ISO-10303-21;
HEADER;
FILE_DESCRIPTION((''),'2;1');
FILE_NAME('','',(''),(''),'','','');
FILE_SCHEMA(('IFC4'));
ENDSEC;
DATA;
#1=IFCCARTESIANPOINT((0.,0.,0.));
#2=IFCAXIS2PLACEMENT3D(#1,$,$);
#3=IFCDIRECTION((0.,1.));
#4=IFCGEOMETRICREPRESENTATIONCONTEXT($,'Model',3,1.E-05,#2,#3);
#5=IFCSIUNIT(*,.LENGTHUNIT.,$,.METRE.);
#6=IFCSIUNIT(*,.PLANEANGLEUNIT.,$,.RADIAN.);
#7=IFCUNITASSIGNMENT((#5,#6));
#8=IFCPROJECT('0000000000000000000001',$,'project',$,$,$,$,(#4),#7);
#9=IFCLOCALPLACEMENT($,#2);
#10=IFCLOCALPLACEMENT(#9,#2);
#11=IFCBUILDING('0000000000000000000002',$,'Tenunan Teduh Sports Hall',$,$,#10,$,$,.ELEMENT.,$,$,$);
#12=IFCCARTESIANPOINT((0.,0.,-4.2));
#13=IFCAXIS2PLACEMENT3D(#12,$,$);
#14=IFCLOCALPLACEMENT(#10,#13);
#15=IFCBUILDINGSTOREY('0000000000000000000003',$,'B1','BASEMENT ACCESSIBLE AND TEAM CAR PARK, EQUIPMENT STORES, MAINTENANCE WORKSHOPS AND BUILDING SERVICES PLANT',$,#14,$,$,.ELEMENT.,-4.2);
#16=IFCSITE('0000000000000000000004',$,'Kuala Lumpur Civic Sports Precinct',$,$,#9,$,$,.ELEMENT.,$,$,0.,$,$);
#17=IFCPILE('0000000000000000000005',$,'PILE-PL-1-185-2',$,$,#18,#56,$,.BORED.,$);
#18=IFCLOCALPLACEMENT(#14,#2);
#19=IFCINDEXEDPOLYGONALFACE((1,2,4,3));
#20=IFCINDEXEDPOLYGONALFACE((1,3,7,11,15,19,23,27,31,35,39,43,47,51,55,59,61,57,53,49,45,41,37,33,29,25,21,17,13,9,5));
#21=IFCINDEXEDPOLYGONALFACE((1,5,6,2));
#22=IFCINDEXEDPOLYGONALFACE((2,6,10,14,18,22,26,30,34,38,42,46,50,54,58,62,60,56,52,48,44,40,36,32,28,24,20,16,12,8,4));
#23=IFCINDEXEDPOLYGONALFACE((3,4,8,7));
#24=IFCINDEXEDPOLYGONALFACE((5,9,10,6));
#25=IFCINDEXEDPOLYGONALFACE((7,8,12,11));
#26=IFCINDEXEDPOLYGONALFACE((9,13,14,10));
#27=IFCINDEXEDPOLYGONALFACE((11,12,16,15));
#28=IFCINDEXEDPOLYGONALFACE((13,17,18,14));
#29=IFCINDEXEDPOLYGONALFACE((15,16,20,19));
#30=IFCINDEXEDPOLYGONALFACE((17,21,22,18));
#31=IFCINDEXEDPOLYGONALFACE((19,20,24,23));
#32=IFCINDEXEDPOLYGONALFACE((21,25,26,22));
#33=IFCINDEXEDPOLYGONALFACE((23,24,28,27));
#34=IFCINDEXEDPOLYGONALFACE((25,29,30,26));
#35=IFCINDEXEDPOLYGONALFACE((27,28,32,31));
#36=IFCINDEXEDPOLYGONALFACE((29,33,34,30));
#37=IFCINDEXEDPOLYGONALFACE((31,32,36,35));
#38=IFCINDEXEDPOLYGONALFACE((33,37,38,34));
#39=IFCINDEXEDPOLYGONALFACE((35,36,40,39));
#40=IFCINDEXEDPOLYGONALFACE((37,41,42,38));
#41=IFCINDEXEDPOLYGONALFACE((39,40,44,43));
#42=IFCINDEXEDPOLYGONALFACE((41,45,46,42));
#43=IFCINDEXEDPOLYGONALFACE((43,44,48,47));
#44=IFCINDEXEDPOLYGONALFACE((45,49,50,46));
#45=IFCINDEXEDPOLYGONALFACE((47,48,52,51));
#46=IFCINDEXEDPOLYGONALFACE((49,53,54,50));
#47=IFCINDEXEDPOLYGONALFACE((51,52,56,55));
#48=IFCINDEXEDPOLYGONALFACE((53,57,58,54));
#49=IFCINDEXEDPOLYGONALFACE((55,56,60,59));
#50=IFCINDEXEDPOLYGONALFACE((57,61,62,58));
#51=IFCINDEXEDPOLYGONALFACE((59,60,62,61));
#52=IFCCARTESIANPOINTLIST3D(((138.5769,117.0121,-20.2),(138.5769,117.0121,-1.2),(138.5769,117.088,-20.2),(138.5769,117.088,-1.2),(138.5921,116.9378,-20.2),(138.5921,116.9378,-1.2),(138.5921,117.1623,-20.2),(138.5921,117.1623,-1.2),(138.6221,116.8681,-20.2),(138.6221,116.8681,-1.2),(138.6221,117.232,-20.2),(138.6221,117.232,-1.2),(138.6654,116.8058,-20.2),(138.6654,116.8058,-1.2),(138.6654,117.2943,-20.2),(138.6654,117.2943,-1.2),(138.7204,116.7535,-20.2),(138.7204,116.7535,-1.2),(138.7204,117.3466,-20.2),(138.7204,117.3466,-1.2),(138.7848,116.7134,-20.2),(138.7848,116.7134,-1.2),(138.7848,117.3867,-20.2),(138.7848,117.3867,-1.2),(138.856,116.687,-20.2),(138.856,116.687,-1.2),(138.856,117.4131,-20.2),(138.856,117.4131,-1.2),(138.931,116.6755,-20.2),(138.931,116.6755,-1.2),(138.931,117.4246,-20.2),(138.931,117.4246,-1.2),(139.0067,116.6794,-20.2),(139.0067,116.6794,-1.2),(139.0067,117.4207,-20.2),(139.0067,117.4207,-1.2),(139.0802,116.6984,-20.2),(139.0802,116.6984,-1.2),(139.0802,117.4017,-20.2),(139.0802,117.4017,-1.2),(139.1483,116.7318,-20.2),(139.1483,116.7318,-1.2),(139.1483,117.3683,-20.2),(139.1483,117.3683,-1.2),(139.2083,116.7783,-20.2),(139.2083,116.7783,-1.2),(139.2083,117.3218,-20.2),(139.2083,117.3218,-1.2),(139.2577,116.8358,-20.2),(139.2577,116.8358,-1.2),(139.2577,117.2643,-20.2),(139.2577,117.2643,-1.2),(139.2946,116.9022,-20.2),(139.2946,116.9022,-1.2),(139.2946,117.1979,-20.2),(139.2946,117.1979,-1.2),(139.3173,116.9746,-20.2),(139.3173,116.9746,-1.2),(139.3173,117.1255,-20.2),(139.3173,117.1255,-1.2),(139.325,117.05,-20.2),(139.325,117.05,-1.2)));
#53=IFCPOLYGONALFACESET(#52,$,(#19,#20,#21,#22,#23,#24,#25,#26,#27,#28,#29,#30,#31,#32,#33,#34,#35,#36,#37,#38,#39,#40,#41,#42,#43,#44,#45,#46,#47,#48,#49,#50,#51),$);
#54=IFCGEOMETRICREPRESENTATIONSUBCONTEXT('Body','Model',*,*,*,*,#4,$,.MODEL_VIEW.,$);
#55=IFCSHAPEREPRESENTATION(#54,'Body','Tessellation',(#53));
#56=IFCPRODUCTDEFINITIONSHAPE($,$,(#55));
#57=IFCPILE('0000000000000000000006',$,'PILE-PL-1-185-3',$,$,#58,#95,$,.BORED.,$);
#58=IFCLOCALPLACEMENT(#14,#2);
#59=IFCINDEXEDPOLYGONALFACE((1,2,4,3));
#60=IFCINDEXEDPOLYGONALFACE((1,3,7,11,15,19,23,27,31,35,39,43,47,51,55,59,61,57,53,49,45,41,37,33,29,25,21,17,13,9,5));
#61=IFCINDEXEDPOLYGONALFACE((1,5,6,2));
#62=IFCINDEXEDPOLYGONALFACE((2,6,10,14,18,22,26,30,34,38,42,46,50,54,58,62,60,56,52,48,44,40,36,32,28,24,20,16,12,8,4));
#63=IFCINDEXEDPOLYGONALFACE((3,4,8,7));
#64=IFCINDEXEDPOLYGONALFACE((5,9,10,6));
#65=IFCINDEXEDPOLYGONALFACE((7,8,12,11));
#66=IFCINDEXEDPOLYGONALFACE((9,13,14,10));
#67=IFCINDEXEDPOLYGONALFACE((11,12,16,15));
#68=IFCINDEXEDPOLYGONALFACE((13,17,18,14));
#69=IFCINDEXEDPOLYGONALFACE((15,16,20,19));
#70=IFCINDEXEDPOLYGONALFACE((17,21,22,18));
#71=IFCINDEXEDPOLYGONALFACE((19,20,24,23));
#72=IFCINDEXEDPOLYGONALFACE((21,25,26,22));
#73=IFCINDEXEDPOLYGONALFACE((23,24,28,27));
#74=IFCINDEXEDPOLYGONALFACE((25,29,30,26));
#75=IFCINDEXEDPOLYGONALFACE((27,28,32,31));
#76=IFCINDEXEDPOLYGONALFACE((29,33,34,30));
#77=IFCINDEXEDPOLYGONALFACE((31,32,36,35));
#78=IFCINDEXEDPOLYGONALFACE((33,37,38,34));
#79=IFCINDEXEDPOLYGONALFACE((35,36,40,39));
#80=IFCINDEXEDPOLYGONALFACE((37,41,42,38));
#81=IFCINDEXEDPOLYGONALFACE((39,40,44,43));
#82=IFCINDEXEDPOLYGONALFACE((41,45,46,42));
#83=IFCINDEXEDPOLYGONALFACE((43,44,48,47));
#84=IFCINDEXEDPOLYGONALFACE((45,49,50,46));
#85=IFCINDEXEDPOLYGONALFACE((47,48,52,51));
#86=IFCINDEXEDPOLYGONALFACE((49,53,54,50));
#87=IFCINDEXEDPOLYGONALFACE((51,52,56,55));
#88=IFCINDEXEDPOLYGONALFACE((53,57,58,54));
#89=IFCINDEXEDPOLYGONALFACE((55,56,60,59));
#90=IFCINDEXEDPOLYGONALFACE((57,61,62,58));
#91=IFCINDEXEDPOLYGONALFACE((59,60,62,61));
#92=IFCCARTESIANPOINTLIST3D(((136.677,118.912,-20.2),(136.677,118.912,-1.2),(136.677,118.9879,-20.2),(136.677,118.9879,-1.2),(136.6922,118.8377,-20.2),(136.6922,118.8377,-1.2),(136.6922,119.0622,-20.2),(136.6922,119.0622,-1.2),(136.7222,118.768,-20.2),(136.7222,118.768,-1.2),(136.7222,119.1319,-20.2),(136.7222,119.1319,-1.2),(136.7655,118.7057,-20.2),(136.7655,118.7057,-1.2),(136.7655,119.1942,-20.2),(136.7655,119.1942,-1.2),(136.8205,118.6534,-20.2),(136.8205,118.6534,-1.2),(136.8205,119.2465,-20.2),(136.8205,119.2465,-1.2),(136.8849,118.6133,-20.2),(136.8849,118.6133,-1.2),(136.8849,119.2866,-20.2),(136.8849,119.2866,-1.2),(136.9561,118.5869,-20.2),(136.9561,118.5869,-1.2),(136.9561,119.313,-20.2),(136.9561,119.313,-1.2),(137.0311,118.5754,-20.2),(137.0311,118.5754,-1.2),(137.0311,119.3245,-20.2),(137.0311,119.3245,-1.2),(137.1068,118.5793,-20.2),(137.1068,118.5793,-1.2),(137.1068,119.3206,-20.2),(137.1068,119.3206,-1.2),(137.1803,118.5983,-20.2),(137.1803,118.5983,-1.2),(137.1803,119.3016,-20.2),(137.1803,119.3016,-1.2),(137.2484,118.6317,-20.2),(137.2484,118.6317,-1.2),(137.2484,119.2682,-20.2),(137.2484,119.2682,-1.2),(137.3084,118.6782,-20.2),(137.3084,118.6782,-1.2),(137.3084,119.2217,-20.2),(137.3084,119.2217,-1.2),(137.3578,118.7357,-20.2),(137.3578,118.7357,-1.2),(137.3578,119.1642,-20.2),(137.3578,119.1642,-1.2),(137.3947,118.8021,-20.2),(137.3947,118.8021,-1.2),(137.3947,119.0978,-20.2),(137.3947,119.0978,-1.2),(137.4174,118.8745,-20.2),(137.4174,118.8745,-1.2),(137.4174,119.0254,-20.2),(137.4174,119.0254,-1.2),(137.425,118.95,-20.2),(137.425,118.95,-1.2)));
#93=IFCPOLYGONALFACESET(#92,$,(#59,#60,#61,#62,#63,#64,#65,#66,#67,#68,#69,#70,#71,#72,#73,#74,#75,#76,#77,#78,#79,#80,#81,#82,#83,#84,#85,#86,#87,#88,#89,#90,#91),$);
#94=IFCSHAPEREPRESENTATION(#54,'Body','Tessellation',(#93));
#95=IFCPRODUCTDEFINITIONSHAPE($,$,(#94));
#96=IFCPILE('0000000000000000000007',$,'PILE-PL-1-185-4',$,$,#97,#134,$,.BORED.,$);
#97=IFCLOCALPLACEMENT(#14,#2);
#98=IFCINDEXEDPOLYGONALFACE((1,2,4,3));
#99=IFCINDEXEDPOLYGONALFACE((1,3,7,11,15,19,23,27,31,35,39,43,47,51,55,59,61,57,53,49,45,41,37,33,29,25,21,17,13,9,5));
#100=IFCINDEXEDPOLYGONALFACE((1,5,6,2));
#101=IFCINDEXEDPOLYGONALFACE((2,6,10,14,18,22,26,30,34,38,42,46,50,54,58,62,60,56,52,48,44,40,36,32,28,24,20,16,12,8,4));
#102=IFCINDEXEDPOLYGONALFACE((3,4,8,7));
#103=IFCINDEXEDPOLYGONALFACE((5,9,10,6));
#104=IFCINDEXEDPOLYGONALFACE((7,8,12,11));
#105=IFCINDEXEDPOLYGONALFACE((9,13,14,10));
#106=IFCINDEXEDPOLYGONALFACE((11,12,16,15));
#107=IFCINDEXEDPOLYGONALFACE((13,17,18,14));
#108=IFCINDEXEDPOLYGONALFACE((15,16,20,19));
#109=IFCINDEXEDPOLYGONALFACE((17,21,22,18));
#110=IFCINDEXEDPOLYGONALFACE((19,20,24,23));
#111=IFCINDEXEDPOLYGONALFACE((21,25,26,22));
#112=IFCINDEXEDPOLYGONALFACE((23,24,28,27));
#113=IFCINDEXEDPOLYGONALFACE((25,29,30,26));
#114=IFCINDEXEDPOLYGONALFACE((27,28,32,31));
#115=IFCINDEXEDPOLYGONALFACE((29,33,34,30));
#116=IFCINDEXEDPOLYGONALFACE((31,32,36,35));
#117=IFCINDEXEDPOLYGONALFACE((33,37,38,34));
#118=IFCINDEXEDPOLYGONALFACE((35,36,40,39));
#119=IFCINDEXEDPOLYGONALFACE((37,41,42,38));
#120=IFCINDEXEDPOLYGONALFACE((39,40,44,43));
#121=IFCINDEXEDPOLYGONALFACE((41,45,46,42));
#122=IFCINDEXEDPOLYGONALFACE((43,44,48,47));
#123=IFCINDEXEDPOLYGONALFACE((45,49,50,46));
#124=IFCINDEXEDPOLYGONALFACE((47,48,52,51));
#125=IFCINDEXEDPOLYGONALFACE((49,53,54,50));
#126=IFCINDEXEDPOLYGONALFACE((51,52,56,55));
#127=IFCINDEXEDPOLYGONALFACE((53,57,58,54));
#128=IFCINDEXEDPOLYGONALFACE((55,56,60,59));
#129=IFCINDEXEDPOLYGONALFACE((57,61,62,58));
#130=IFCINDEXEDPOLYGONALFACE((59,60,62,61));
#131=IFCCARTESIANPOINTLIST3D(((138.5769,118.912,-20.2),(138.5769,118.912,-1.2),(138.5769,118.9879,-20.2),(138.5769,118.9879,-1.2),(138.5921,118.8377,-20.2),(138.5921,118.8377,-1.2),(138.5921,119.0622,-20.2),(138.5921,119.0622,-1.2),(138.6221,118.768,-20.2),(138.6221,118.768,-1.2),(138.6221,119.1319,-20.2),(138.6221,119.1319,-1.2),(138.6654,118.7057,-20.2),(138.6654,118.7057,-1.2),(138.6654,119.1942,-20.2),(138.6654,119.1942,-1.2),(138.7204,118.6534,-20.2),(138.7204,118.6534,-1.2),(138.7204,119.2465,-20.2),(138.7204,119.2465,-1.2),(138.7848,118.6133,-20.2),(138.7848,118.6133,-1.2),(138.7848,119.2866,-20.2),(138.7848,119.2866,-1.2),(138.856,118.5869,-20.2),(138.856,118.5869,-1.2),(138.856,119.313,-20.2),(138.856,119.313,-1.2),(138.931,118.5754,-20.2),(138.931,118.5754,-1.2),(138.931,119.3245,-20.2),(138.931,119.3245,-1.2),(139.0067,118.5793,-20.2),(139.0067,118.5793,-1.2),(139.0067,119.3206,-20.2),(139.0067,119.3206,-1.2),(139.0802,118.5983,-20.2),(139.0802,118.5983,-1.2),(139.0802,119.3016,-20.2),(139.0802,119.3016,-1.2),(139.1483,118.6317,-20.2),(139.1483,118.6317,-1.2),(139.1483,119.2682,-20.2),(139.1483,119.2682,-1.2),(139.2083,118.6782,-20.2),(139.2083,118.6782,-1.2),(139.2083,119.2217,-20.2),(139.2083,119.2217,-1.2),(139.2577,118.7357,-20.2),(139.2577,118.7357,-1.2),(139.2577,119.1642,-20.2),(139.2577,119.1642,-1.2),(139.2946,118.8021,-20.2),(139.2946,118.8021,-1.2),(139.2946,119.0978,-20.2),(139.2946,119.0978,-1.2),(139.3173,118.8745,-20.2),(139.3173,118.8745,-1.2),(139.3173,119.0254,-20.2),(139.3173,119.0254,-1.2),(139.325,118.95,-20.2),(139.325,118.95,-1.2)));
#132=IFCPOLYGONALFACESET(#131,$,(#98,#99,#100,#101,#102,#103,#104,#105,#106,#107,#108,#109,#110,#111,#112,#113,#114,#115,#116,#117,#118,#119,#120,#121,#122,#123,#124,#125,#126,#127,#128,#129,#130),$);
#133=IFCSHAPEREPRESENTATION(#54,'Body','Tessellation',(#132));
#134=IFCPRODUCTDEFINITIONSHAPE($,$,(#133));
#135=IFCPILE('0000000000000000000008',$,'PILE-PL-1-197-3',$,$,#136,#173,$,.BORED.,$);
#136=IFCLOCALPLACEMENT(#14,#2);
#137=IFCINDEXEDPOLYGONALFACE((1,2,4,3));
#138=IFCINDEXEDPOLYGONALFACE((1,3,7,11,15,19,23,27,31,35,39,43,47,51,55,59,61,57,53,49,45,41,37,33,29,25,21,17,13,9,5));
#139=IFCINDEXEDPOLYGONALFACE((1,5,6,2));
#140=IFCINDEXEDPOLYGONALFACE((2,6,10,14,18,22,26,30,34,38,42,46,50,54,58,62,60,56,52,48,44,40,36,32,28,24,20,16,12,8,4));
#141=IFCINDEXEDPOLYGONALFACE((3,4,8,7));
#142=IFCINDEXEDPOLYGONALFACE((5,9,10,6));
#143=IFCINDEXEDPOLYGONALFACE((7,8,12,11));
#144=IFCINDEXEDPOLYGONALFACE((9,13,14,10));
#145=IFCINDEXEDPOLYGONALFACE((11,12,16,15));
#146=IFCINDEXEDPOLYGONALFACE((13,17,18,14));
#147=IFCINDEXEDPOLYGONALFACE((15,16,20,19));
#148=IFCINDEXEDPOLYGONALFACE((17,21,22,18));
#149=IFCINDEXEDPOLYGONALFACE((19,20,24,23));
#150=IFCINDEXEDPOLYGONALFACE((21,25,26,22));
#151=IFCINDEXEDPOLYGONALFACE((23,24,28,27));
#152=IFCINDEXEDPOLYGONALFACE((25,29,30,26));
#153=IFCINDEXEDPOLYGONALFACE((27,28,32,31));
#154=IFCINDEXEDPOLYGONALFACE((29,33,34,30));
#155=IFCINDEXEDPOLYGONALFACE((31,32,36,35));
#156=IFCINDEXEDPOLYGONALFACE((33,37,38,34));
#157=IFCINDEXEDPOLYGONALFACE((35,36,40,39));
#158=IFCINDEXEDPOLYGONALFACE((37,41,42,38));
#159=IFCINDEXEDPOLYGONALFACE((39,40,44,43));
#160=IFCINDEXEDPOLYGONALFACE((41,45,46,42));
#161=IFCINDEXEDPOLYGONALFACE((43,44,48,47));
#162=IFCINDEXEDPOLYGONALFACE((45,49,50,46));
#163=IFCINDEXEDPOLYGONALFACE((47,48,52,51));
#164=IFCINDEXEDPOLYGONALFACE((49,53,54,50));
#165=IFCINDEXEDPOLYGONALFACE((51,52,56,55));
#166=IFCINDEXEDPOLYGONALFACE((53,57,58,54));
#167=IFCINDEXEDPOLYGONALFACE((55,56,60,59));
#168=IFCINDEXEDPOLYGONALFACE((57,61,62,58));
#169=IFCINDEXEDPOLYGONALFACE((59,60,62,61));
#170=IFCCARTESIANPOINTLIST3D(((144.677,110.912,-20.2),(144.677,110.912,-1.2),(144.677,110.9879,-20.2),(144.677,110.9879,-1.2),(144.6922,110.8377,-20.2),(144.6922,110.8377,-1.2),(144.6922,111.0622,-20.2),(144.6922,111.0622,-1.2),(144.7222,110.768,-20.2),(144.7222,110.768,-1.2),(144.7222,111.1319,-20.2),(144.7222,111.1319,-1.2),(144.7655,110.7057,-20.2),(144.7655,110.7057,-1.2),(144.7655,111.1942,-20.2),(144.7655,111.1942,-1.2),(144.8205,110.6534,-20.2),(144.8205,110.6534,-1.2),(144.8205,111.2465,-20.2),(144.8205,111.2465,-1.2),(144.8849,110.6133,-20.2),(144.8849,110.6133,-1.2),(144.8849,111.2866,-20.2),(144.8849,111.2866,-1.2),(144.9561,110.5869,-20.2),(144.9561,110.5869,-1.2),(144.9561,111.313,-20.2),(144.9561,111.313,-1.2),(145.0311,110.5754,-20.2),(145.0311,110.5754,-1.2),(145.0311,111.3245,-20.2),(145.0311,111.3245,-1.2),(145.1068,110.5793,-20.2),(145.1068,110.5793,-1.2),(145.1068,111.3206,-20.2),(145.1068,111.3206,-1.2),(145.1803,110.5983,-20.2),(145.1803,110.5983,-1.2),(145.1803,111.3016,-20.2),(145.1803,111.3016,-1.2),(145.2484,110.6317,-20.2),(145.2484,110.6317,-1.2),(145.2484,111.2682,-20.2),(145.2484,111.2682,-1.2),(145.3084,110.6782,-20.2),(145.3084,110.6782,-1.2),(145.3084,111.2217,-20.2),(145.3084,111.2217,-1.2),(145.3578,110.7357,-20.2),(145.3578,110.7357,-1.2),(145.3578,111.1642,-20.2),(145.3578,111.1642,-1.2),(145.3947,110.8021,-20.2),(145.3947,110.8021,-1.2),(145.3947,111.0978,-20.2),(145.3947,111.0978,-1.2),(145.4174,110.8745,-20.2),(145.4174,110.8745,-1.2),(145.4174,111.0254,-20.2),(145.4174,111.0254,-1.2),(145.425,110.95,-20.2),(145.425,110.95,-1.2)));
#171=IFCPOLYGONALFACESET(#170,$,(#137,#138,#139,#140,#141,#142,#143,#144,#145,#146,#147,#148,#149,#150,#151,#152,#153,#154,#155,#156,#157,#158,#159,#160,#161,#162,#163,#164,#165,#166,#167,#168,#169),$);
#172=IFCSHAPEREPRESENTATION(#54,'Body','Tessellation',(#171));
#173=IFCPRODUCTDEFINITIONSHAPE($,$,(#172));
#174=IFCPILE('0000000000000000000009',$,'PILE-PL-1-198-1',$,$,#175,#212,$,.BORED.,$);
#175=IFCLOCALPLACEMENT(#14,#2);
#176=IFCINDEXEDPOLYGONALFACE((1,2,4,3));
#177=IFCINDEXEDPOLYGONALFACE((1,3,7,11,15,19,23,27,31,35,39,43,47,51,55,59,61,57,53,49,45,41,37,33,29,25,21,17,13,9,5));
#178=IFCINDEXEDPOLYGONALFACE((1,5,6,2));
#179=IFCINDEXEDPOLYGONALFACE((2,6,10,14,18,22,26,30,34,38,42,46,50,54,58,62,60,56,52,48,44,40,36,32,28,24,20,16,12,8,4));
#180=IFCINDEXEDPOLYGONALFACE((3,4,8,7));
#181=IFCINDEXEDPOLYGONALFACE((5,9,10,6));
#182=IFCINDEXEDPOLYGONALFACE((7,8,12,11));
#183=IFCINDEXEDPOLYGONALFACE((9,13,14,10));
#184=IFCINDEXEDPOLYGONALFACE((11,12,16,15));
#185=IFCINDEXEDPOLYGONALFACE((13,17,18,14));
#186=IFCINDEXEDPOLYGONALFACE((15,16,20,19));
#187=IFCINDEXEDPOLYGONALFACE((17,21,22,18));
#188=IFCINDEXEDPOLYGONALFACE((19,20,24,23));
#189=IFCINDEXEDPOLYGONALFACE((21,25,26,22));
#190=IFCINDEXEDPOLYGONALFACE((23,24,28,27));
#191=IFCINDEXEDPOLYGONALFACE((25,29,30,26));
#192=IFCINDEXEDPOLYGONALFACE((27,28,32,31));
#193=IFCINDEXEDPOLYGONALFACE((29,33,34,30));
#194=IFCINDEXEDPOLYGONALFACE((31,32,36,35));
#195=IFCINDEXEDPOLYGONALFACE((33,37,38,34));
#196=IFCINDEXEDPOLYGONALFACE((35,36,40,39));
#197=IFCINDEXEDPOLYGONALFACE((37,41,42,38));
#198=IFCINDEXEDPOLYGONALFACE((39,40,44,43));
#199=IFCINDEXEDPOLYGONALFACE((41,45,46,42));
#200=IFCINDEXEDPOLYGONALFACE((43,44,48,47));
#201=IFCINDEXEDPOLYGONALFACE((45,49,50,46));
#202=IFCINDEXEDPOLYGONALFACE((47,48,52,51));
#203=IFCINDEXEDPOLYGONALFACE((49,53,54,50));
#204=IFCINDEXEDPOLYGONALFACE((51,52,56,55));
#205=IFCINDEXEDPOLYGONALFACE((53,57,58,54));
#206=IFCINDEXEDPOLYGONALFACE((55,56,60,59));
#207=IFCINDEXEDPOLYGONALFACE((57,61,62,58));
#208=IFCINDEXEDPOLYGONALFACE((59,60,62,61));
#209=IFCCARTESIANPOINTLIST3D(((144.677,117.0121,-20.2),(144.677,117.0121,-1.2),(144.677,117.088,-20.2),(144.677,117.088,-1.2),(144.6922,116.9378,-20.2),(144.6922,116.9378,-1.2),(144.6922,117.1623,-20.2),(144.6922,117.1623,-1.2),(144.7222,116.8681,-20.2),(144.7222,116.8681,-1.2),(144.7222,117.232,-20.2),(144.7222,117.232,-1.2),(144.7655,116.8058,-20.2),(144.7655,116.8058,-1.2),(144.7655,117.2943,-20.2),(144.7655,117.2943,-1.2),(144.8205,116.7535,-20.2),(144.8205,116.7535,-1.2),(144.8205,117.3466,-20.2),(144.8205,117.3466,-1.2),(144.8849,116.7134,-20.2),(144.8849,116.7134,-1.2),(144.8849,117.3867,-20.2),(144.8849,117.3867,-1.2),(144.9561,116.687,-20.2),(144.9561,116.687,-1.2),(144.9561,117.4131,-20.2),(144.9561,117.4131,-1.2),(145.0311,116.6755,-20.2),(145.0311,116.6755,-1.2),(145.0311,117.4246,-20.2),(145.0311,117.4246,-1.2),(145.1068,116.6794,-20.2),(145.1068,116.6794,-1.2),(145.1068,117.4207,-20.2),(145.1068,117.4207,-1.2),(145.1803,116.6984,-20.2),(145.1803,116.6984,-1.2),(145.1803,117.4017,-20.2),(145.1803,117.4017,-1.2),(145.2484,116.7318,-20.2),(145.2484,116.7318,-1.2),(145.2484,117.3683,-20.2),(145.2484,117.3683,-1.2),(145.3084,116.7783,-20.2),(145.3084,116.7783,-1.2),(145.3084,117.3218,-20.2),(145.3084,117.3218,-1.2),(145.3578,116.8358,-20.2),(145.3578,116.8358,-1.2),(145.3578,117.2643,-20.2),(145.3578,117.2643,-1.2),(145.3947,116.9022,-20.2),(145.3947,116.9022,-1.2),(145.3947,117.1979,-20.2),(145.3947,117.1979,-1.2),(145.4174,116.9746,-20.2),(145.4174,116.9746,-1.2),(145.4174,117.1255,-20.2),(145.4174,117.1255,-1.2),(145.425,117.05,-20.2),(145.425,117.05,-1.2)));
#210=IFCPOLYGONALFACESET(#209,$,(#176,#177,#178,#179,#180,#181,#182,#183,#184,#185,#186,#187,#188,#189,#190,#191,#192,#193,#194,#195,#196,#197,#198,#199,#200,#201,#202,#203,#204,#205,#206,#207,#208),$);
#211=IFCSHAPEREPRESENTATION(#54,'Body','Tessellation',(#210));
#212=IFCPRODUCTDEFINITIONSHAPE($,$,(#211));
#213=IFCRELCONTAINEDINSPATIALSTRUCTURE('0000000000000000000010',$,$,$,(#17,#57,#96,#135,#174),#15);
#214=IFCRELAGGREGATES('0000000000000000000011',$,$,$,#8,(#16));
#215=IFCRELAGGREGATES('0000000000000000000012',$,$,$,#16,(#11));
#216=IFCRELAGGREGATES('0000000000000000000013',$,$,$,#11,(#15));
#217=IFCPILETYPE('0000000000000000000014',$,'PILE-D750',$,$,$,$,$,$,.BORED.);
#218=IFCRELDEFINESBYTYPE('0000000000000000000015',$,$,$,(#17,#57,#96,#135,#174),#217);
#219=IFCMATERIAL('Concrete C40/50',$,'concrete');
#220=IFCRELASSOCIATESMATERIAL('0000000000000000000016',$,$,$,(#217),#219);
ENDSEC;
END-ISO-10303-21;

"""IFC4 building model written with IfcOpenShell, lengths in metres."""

from ifc_helpers import new_model, si_unit, direction, frame, origin, origin_2d, place, context, subcontext, project, spatial, circle, extrude, material, material_profile, profile_set, type_object, element, save


model = new_model("IFC4")

# Units and contexts
model_context = context("Model", 3, precision=1e-05, world=origin(), true_north=direction((0.0, 1.0)))
body_context = subcontext(model_context, "Body", "Model", "MODEL_VIEW")
ifc_project = project(units=[si_unit("LENGTHUNIT", "METRE"), si_unit("PLANEANGLEUNIT", "RADIAN")], contexts=[model_context])

# Site, building, storey
site_placement = place(None, origin())
site = spatial("IfcSite", under=ifc_project, at=site_placement, Name="Kuala Lumpur Civic Sports Precinct", CompositionType="ELEMENT", RefElevation=0.0)
building_placement = place(site_placement, origin())
building = spatial("IfcBuilding", under=site, at=building_placement, Name="Tenunan Teduh Sports Hall", CompositionType="ELEMENT")
storey_placement = place(building_placement, frame((0.0, 0.0, -4.2)))
storey = spatial("IfcBuildingStorey", under=building, at=storey_placement, Name="B1", Description="BASEMENT ACCESSIBLE AND TEAM CAR PARK, EQUIPMENT STORES, MAINTENANCE WORKSHOPS AND BUILDING SERVICES PLANT", CompositionType="ELEMENT", Elevation=-4.2)

# Piles
ifc_material_1 = material(Name="Concrete C40/50", Category="concrete")
ifc_material_profile_1 = material_profile(ifc_material_1, circle(Radius=0.375, at=origin_2d()), Name="PILE D750")
ifc_profile_set_1 = profile_set([ifc_material_profile_1], Name="Concrete C40/50")
pile_type = type_object("IfcPileType", Name="PILE-D750", PredefinedType="BORED", material=ifc_profile_set_1)
for number, where, z_axis, x_axis, name in (
    (1, (138.95, 117.05, -1.2), (0.0, 0.0, -1.0), (1.0, 0.0, 0.0), "PILE-PL-1-185-2"),
    (2, (137.05, 118.95, -1.2), (0.0, 0.0, -1.0), (1.0, 0.0, 0.0), "PILE-PL-1-185-3"),
    (3, (138.95, 118.95, -1.2), (0.0, 0.0, -1.0), (1.0, 0.0, 0.0), "PILE-PL-1-185-4"),
    (4, (145.05, 110.95, -1.2), (0.0, 0.0, -1.0), (1.0, 0.0, 0.0), "PILE-PL-1-197-3"),
    (5, (145.05, 117.05, -1.2), (0.0, 0.0, -1.0), (1.0, 0.0, 0.0), "PILE-PL-1-198-1"),
):
    element("IfcPile", number, at=place(storey_placement, frame(where, z_axis=z_axis, x_axis=x_axis)), inside=storey, type_object=pile_type, Name=name, PredefinedType="BORED", context=body_context, shape_type="SweptSolid", body=[
        extrude(circle(Radius=0.375, at=origin_2d()), origin(), (0.0, 0.0, 1.0), 19.0),
    ])

save(model, "model.ifc")
